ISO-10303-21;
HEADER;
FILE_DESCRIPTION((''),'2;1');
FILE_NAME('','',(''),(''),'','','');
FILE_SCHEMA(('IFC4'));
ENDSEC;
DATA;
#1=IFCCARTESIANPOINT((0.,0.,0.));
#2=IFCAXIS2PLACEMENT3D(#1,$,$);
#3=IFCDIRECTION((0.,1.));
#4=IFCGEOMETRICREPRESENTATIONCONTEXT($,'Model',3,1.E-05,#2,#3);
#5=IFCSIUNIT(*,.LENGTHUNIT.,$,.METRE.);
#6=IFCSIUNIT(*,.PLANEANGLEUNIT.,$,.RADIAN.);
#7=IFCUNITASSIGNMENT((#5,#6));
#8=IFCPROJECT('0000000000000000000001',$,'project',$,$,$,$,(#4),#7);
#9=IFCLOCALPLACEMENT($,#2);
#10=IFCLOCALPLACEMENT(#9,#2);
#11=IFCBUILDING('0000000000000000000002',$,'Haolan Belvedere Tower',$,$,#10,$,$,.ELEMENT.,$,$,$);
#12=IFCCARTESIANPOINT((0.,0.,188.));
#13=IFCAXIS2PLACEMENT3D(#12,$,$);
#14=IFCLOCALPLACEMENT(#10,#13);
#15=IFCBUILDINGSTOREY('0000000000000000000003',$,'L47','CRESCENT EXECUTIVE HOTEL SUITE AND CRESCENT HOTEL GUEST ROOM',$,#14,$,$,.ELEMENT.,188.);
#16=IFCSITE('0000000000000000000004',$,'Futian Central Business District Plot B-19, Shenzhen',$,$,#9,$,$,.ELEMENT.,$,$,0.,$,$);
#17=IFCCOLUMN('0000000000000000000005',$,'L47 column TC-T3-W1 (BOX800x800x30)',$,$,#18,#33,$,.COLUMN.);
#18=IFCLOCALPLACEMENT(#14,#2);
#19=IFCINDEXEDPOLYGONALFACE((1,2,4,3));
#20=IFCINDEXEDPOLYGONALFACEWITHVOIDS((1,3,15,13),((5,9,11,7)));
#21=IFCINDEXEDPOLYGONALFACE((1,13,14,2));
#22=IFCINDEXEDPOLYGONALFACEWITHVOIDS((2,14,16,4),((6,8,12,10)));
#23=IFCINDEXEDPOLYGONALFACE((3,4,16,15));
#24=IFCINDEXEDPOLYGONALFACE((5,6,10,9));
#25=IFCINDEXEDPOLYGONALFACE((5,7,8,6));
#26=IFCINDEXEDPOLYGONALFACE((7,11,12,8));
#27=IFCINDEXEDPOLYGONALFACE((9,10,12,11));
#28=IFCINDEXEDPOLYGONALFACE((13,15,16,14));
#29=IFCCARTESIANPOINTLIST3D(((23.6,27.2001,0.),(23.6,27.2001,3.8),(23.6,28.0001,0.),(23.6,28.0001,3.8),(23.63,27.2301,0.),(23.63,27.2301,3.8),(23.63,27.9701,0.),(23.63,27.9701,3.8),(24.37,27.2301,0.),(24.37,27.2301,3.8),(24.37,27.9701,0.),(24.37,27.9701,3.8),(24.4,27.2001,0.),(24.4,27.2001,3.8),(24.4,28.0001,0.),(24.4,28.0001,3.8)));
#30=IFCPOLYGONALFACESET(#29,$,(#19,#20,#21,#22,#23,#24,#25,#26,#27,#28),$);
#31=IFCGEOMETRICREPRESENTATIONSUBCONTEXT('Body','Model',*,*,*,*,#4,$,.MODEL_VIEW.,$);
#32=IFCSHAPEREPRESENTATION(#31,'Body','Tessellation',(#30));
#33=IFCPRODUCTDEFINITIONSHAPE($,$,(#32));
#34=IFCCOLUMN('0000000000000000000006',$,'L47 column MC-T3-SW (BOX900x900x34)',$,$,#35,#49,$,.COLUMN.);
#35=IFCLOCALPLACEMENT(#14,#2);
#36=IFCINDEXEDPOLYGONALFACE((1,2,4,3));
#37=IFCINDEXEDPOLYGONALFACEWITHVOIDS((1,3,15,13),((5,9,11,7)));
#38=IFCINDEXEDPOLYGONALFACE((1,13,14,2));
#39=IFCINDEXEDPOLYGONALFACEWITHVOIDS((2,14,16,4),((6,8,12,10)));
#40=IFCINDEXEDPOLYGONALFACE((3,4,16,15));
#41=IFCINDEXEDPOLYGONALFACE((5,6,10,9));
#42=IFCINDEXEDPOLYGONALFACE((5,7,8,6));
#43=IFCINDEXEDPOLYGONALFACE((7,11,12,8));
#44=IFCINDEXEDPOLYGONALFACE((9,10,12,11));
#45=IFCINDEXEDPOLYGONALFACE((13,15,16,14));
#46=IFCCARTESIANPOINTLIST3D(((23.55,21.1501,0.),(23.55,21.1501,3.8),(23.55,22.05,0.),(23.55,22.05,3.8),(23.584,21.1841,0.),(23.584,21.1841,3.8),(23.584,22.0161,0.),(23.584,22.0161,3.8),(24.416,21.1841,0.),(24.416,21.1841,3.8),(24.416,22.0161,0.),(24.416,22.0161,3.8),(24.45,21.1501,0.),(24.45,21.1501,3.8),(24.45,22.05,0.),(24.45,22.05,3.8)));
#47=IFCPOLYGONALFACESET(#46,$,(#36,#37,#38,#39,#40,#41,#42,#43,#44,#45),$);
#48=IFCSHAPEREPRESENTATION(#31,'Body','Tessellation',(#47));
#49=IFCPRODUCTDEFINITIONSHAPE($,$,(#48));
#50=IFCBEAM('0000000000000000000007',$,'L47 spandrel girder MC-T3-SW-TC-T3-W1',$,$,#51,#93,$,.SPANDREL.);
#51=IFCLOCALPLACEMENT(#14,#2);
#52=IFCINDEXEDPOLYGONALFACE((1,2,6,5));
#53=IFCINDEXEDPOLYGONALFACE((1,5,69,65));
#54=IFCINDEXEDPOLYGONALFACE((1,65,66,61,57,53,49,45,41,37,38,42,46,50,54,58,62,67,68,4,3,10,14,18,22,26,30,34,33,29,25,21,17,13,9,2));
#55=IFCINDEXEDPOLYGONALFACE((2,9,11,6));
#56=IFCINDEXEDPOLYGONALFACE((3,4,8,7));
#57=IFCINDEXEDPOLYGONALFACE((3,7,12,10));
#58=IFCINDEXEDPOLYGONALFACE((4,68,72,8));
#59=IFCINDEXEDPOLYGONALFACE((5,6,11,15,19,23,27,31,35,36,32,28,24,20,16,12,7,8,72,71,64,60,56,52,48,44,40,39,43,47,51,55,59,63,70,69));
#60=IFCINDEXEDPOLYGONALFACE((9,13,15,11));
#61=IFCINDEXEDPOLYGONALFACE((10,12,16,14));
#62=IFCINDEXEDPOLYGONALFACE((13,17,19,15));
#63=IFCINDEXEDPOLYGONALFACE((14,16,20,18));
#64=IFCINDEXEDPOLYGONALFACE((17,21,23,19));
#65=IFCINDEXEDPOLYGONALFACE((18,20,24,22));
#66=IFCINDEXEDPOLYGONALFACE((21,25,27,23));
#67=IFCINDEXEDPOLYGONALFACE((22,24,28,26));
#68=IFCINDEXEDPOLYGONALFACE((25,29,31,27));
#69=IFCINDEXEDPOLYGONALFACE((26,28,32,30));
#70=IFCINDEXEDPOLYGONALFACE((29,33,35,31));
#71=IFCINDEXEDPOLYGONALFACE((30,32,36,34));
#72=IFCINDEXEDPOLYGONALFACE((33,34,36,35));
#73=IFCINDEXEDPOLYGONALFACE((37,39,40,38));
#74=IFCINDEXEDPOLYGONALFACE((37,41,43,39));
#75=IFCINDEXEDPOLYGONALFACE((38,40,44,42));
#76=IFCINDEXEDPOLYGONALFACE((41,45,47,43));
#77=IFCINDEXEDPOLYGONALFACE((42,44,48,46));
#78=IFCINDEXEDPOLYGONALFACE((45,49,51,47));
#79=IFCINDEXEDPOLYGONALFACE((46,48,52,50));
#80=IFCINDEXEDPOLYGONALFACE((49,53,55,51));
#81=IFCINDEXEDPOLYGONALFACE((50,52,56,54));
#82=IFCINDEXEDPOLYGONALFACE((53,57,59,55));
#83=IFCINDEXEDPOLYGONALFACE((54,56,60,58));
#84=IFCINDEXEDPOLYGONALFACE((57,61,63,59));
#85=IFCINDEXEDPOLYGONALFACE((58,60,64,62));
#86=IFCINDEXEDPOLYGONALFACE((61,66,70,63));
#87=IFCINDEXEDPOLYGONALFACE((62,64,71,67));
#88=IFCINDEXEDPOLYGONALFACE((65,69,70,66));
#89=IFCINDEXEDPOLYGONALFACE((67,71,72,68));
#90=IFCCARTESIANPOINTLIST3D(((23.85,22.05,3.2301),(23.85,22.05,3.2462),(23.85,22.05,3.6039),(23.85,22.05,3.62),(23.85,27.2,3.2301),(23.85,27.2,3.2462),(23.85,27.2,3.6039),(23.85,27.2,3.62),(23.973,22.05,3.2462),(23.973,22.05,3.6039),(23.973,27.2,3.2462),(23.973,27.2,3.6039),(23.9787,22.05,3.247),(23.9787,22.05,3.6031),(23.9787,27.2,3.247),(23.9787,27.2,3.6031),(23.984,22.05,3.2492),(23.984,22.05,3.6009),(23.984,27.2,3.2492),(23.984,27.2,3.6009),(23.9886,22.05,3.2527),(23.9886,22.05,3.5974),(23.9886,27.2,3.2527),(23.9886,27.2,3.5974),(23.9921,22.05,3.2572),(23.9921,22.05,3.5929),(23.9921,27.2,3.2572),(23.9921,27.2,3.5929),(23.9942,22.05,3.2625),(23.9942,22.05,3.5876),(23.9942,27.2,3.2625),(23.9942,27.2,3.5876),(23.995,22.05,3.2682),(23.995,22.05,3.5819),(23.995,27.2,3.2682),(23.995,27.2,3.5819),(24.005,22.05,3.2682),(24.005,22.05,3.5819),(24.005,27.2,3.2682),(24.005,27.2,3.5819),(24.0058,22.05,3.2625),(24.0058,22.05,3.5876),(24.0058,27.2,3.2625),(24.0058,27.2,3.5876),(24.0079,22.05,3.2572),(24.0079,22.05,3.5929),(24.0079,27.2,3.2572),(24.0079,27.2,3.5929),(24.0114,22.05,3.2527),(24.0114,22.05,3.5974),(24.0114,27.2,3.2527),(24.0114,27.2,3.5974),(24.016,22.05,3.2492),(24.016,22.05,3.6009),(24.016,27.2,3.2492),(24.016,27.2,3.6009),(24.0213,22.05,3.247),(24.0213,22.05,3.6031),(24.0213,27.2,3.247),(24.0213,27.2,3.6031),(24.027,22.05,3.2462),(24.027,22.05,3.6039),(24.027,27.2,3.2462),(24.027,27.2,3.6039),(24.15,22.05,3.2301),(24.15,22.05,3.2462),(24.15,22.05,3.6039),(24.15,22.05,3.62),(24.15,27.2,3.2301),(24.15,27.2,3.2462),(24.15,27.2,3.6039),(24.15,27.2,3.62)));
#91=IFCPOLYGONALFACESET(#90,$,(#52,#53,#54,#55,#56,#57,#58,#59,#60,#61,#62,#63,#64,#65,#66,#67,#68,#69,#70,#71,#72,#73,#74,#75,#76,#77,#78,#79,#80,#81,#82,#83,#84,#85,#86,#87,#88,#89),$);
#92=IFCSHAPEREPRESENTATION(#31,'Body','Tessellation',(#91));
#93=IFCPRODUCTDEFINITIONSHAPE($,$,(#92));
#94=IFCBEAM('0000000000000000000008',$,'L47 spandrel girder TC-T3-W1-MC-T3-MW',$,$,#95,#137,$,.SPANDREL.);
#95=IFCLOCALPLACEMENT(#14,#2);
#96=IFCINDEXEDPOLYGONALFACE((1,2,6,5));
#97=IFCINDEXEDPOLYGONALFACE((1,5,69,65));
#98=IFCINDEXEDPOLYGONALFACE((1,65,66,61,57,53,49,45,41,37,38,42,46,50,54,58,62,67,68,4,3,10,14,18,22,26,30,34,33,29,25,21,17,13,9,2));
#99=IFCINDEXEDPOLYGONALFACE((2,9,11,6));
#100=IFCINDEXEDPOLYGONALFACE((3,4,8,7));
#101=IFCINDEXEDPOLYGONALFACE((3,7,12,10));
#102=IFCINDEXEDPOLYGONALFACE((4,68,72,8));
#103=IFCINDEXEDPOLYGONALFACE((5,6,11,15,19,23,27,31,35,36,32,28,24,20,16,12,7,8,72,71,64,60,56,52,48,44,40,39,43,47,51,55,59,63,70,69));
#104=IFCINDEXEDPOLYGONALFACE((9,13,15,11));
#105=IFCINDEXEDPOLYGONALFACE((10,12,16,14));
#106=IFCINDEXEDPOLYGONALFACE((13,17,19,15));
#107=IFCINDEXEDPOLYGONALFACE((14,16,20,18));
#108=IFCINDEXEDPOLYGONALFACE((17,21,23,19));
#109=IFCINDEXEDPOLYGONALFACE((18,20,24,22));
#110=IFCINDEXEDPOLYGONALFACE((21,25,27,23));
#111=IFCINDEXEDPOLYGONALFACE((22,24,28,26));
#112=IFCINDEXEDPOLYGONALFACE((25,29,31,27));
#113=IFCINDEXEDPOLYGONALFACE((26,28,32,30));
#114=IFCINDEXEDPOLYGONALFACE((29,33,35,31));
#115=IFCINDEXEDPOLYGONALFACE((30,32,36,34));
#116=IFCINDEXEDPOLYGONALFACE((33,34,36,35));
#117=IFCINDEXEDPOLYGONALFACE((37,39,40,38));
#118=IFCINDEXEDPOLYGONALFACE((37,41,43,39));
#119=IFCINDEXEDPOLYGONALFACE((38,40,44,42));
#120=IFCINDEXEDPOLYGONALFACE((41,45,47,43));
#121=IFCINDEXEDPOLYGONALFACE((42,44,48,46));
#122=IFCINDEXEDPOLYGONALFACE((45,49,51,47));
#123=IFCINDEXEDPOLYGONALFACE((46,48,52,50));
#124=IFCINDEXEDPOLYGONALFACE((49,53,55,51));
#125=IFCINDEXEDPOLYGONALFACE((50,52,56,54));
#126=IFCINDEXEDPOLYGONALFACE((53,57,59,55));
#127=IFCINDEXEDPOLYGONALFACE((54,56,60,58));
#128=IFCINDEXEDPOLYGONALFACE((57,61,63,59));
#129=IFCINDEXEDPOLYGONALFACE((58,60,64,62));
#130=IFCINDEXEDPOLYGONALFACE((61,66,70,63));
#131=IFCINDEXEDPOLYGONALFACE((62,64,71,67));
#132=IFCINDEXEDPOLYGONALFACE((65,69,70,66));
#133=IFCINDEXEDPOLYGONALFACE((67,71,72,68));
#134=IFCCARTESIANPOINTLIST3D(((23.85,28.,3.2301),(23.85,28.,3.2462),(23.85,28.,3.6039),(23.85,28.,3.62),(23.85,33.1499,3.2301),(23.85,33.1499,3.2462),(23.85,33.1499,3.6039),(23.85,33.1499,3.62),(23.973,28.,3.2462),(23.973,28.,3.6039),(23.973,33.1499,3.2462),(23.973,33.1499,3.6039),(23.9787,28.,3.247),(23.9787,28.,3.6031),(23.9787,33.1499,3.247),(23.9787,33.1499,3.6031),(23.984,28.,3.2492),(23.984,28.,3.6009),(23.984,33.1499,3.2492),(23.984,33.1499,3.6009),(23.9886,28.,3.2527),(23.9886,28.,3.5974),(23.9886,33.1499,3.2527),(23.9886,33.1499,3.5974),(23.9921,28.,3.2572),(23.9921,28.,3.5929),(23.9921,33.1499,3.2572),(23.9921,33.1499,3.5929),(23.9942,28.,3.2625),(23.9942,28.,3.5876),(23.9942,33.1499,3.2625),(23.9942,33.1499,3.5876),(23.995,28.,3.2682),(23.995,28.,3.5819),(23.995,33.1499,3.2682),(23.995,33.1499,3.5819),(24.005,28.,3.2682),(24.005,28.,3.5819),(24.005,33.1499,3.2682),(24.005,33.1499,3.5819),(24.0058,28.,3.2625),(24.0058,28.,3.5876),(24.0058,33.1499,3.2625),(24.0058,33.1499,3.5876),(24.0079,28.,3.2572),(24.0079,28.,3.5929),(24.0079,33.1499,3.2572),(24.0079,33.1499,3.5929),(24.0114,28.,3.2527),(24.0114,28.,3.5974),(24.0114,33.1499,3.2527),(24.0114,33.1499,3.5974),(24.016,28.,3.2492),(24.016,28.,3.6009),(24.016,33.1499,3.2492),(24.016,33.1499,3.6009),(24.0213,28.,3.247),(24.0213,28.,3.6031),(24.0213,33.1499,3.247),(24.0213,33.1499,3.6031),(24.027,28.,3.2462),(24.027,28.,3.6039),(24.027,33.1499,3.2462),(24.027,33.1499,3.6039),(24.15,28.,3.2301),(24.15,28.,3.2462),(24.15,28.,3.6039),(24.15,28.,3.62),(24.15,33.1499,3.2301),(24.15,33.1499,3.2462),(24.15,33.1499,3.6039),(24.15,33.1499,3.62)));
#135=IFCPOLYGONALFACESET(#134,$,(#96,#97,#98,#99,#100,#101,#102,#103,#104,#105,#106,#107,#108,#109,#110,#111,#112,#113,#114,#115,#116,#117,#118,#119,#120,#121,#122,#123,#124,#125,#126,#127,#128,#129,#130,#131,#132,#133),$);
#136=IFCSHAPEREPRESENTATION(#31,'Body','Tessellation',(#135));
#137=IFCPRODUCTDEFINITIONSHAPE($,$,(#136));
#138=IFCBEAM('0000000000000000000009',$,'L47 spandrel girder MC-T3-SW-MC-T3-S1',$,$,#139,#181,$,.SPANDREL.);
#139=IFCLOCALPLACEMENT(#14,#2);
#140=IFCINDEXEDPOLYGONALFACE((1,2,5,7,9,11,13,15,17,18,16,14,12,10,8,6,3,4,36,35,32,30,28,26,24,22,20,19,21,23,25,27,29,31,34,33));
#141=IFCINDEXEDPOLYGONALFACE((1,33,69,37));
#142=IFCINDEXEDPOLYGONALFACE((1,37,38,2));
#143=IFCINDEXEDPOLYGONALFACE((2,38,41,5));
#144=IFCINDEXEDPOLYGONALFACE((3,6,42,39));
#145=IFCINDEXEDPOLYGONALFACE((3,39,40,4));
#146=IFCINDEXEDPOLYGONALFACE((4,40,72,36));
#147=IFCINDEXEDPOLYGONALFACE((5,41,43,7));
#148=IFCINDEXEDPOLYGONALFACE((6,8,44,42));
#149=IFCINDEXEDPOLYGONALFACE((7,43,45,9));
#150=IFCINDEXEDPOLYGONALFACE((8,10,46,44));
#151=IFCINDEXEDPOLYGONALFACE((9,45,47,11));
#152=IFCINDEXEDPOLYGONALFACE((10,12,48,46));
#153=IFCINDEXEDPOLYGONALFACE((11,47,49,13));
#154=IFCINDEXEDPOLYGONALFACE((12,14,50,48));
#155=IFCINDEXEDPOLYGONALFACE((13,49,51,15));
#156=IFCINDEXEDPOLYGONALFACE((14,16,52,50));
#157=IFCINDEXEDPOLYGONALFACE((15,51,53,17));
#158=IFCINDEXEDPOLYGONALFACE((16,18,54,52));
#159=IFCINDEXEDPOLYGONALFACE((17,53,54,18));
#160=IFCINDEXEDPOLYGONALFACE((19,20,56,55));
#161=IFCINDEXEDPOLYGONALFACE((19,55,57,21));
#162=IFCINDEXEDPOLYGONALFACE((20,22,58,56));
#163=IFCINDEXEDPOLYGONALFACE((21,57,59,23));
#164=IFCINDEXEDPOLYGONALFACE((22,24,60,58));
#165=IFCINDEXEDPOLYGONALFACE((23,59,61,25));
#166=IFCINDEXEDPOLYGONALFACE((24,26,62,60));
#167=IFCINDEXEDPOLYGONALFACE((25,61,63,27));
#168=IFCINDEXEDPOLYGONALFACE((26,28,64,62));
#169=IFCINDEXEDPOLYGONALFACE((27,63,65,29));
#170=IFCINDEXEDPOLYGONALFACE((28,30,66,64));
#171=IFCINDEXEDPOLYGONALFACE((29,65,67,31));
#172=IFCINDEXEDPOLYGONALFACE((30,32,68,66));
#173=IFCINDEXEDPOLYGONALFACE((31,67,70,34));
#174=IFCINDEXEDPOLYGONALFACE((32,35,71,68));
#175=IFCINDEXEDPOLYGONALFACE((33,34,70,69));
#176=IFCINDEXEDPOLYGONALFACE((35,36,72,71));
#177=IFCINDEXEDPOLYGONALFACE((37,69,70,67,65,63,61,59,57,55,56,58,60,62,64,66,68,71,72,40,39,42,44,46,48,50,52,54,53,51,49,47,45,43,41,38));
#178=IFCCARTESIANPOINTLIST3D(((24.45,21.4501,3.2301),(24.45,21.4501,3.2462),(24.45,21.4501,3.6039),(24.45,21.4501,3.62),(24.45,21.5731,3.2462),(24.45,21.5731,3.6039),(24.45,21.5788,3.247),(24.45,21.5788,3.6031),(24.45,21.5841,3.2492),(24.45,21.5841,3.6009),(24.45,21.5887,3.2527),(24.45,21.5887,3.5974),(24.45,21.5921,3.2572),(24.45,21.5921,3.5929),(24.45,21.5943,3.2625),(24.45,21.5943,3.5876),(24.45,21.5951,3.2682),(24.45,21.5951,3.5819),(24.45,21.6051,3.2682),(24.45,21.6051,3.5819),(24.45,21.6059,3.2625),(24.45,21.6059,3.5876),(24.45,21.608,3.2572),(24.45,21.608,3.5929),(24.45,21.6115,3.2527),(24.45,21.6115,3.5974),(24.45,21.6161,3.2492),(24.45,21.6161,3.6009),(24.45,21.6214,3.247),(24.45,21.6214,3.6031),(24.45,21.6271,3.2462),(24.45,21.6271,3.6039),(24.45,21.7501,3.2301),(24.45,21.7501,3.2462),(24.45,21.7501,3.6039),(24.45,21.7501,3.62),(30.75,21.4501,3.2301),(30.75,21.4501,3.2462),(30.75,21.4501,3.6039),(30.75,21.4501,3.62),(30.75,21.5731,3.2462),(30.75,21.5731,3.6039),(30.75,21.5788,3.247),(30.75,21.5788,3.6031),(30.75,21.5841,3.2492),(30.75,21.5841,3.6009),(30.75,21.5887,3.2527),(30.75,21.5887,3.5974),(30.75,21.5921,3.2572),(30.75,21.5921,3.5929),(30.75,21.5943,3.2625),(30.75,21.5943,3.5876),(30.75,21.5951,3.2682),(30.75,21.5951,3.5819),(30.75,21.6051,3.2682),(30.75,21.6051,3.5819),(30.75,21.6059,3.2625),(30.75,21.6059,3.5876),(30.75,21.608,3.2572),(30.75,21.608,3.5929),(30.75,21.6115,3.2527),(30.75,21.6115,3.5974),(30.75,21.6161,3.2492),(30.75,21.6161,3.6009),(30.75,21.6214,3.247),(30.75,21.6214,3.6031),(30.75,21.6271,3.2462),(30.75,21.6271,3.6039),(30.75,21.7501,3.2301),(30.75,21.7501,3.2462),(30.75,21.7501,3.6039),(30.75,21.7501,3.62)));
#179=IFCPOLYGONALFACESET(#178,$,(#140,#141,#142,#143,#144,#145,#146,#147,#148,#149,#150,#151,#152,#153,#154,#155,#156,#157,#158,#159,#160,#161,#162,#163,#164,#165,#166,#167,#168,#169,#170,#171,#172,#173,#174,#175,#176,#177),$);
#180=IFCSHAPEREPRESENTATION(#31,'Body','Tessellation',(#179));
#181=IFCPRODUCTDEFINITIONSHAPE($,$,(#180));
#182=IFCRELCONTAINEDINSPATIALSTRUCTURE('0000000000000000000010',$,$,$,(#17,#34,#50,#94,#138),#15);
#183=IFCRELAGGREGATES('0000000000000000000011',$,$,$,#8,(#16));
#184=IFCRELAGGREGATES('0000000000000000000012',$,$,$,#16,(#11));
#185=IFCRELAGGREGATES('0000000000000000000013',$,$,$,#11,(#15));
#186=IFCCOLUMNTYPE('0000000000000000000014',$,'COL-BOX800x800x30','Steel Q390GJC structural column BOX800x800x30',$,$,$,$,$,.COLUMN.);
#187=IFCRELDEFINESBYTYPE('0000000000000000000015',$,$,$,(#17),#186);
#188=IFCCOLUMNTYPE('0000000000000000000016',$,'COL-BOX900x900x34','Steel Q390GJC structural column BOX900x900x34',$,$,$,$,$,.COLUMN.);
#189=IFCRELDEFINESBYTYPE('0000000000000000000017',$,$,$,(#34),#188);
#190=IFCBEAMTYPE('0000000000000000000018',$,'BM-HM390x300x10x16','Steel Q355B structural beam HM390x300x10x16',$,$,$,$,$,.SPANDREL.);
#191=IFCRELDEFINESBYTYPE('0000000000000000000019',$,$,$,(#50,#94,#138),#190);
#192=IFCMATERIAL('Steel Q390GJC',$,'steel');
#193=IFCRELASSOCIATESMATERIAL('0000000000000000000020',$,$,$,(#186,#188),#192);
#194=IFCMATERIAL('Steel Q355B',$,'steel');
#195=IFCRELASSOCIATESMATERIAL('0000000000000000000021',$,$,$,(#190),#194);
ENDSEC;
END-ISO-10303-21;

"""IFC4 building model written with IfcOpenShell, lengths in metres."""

from ifc_helpers import new_model, si_unit, direction, frame, origin, origin_2d, place, context, subcontext, project, spatial, hollow_rectangle, i_section, extrude, material, material_profile, profile_set, type_object, element, save


model = new_model("IFC4")

# Units and contexts
model_context = context("Model", 3, precision=1e-05, world=origin(), true_north=direction((0.0, 1.0)))
body_context = subcontext(model_context, "Body", "Model", "MODEL_VIEW")
ifc_project = project(units=[si_unit("LENGTHUNIT", "METRE"), si_unit("PLANEANGLEUNIT", "RADIAN")], contexts=[model_context])

# Site, building, storey
site_placement = place(None, origin())
site = spatial("IfcSite", under=ifc_project, at=site_placement, Name="Futian Central Business District Plot B-19, Shenzhen", CompositionType="ELEMENT", RefElevation=0.0)
building_placement = place(site_placement, origin())
building = spatial("IfcBuilding", under=site, at=building_placement, Name="Haolan Belvedere Tower", CompositionType="ELEMENT")
storey_placement = place(building_placement, frame((0.0, 0.0, 188.0)))
storey = spatial("IfcBuildingStorey", under=building, at=storey_placement, Name="L47", Description="CRESCENT EXECUTIVE HOTEL SUITE AND CRESCENT HOTEL GUEST ROOM", CompositionType="ELEMENT", Elevation=188.0)

# Columns
ifc_material_1 = material(Name="Steel Q390GJC", Category="steel")
ifc_material_profile_1 = material_profile(ifc_material_1, hollow_rectangle(XDim=0.8, YDim=0.8, WallThickness=0.03, at=origin_2d()), Name="Steel Q390GJC")
ifc_profile_set_1 = profile_set([ifc_material_profile_1], Name="Steel Q390GJC")
column_type_1 = type_object("IfcColumnType", Name="COL-BOX800x800x30", Description="Steel Q390GJC structural column BOX800x800x30", PredefinedType="COLUMN", material=ifc_profile_set_1)
column_1_placement = place(storey_placement, frame((24.0, 27.6001, 0.0), z_axis=(0.0, 0.0, 1.0), x_axis=(1.0, 0.0, 0.0)))
element("IfcColumn", 1, at=column_1_placement, inside=storey, type_object=column_type_1, Name="L47 column TC-T3-W1 (BOX800x800x30)", PredefinedType="COLUMN", context=body_context, shape_type="SweptSolid", body=[
    extrude(hollow_rectangle(XDim=0.8, YDim=0.8, WallThickness=0.03, at=origin_2d()), origin(), (0.0, 0.0, 1.0), 3.8),
])
ifc_material_profile_2 = material_profile(ifc_material_1, hollow_rectangle(XDim=0.8999, YDim=0.8999, WallThickness=0.0339, at=origin_2d()), Name="Steel Q390GJC")
ifc_profile_set_2 = profile_set([ifc_material_profile_2], Name="Steel Q390GJC")
column_type_2 = type_object("IfcColumnType", Name="COL-BOX900x900x34", Description="Steel Q390GJC structural column BOX900x900x34", PredefinedType="COLUMN", material=ifc_profile_set_2)
column_2_placement = place(storey_placement, frame((24.0, 21.6001, 0.0), z_axis=(0.0, 0.0, 1.0), x_axis=(1.0, 0.0, 0.0)))
element("IfcColumn", 2, at=column_2_placement, inside=storey, type_object=column_type_2, Name="L47 column MC-T3-SW (BOX900x900x34)", PredefinedType="COLUMN", context=body_context, shape_type="SweptSolid", body=[
    extrude(hollow_rectangle(XDim=0.8999, YDim=0.8999, WallThickness=0.0339, at=origin_2d()), origin(), (0.0, 0.0, 1.0), 3.8),
])

# Beams
ifc_material_2 = material(Name="Steel Q355B", Category="steel")
ifc_material_profile_3 = material_profile(ifc_material_2, i_section(OverallWidth=0.3, OverallDepth=0.3899, WebThickness=0.01, FlangeThickness=0.0161, FilletRadius=0.022, at=origin_2d()), Name="Steel Q355B")
ifc_profile_set_3 = profile_set([ifc_material_profile_3], Name="Steel Q355B")
beam_type_1 = type_object("IfcBeamType", Name="BM-HM390x300x10x16", Description="Steel Q355B structural beam HM390x300x10x16", PredefinedType="SPANDREL", material=ifc_profile_set_3)
for number, where, z_axis, x_axis, name in (
    (3, (24.0, 22.05, 3.425), (0.0, 1.0, 0.0), (-1.0, 0.0, 0.0), "L47 spandrel girder MC-T3-SW-TC-T3-W1"),
    (4, (24.0, 28.0, 3.425), (0.0, 1.0, 0.0), (-1.0, 0.0, 0.0), "L47 spandrel girder TC-T3-W1-MC-T3-MW"),
):
    element("IfcBeam", number, at=place(storey_placement, frame(where, z_axis=z_axis, x_axis=x_axis)), inside=storey, type_object=beam_type_1, Name=name, PredefinedType="SPANDREL", context=body_context, shape_type="SweptSolid", body=[
        extrude(i_section(OverallWidth=0.3, OverallDepth=0.3899, WebThickness=0.01, FlangeThickness=0.0161, FilletRadius=0.022, at=origin_2d()), origin(), (0.0, 0.0, 1.0), 5.1499),
    ])
beam_1_placement = place(storey_placement, frame((24.45, 21.6001, 3.425), z_axis=(1.0, 0.0, 0.0), x_axis=(0.0, 1.0, 0.0)))
element("IfcBeam", 5, at=beam_1_placement, inside=storey, type_object=beam_type_1, Name="L47 spandrel girder MC-T3-SW-MC-T3-S1", PredefinedType="SPANDREL", context=body_context, shape_type="SweptSolid", body=[
    extrude(i_section(OverallWidth=0.3, OverallDepth=0.3899, WebThickness=0.01, FlangeThickness=0.0161, FilletRadius=0.022, at=origin_2d()), origin(), (0.0, 0.0, 1.0), 6.3),
])

save(model, "model.ifc")
